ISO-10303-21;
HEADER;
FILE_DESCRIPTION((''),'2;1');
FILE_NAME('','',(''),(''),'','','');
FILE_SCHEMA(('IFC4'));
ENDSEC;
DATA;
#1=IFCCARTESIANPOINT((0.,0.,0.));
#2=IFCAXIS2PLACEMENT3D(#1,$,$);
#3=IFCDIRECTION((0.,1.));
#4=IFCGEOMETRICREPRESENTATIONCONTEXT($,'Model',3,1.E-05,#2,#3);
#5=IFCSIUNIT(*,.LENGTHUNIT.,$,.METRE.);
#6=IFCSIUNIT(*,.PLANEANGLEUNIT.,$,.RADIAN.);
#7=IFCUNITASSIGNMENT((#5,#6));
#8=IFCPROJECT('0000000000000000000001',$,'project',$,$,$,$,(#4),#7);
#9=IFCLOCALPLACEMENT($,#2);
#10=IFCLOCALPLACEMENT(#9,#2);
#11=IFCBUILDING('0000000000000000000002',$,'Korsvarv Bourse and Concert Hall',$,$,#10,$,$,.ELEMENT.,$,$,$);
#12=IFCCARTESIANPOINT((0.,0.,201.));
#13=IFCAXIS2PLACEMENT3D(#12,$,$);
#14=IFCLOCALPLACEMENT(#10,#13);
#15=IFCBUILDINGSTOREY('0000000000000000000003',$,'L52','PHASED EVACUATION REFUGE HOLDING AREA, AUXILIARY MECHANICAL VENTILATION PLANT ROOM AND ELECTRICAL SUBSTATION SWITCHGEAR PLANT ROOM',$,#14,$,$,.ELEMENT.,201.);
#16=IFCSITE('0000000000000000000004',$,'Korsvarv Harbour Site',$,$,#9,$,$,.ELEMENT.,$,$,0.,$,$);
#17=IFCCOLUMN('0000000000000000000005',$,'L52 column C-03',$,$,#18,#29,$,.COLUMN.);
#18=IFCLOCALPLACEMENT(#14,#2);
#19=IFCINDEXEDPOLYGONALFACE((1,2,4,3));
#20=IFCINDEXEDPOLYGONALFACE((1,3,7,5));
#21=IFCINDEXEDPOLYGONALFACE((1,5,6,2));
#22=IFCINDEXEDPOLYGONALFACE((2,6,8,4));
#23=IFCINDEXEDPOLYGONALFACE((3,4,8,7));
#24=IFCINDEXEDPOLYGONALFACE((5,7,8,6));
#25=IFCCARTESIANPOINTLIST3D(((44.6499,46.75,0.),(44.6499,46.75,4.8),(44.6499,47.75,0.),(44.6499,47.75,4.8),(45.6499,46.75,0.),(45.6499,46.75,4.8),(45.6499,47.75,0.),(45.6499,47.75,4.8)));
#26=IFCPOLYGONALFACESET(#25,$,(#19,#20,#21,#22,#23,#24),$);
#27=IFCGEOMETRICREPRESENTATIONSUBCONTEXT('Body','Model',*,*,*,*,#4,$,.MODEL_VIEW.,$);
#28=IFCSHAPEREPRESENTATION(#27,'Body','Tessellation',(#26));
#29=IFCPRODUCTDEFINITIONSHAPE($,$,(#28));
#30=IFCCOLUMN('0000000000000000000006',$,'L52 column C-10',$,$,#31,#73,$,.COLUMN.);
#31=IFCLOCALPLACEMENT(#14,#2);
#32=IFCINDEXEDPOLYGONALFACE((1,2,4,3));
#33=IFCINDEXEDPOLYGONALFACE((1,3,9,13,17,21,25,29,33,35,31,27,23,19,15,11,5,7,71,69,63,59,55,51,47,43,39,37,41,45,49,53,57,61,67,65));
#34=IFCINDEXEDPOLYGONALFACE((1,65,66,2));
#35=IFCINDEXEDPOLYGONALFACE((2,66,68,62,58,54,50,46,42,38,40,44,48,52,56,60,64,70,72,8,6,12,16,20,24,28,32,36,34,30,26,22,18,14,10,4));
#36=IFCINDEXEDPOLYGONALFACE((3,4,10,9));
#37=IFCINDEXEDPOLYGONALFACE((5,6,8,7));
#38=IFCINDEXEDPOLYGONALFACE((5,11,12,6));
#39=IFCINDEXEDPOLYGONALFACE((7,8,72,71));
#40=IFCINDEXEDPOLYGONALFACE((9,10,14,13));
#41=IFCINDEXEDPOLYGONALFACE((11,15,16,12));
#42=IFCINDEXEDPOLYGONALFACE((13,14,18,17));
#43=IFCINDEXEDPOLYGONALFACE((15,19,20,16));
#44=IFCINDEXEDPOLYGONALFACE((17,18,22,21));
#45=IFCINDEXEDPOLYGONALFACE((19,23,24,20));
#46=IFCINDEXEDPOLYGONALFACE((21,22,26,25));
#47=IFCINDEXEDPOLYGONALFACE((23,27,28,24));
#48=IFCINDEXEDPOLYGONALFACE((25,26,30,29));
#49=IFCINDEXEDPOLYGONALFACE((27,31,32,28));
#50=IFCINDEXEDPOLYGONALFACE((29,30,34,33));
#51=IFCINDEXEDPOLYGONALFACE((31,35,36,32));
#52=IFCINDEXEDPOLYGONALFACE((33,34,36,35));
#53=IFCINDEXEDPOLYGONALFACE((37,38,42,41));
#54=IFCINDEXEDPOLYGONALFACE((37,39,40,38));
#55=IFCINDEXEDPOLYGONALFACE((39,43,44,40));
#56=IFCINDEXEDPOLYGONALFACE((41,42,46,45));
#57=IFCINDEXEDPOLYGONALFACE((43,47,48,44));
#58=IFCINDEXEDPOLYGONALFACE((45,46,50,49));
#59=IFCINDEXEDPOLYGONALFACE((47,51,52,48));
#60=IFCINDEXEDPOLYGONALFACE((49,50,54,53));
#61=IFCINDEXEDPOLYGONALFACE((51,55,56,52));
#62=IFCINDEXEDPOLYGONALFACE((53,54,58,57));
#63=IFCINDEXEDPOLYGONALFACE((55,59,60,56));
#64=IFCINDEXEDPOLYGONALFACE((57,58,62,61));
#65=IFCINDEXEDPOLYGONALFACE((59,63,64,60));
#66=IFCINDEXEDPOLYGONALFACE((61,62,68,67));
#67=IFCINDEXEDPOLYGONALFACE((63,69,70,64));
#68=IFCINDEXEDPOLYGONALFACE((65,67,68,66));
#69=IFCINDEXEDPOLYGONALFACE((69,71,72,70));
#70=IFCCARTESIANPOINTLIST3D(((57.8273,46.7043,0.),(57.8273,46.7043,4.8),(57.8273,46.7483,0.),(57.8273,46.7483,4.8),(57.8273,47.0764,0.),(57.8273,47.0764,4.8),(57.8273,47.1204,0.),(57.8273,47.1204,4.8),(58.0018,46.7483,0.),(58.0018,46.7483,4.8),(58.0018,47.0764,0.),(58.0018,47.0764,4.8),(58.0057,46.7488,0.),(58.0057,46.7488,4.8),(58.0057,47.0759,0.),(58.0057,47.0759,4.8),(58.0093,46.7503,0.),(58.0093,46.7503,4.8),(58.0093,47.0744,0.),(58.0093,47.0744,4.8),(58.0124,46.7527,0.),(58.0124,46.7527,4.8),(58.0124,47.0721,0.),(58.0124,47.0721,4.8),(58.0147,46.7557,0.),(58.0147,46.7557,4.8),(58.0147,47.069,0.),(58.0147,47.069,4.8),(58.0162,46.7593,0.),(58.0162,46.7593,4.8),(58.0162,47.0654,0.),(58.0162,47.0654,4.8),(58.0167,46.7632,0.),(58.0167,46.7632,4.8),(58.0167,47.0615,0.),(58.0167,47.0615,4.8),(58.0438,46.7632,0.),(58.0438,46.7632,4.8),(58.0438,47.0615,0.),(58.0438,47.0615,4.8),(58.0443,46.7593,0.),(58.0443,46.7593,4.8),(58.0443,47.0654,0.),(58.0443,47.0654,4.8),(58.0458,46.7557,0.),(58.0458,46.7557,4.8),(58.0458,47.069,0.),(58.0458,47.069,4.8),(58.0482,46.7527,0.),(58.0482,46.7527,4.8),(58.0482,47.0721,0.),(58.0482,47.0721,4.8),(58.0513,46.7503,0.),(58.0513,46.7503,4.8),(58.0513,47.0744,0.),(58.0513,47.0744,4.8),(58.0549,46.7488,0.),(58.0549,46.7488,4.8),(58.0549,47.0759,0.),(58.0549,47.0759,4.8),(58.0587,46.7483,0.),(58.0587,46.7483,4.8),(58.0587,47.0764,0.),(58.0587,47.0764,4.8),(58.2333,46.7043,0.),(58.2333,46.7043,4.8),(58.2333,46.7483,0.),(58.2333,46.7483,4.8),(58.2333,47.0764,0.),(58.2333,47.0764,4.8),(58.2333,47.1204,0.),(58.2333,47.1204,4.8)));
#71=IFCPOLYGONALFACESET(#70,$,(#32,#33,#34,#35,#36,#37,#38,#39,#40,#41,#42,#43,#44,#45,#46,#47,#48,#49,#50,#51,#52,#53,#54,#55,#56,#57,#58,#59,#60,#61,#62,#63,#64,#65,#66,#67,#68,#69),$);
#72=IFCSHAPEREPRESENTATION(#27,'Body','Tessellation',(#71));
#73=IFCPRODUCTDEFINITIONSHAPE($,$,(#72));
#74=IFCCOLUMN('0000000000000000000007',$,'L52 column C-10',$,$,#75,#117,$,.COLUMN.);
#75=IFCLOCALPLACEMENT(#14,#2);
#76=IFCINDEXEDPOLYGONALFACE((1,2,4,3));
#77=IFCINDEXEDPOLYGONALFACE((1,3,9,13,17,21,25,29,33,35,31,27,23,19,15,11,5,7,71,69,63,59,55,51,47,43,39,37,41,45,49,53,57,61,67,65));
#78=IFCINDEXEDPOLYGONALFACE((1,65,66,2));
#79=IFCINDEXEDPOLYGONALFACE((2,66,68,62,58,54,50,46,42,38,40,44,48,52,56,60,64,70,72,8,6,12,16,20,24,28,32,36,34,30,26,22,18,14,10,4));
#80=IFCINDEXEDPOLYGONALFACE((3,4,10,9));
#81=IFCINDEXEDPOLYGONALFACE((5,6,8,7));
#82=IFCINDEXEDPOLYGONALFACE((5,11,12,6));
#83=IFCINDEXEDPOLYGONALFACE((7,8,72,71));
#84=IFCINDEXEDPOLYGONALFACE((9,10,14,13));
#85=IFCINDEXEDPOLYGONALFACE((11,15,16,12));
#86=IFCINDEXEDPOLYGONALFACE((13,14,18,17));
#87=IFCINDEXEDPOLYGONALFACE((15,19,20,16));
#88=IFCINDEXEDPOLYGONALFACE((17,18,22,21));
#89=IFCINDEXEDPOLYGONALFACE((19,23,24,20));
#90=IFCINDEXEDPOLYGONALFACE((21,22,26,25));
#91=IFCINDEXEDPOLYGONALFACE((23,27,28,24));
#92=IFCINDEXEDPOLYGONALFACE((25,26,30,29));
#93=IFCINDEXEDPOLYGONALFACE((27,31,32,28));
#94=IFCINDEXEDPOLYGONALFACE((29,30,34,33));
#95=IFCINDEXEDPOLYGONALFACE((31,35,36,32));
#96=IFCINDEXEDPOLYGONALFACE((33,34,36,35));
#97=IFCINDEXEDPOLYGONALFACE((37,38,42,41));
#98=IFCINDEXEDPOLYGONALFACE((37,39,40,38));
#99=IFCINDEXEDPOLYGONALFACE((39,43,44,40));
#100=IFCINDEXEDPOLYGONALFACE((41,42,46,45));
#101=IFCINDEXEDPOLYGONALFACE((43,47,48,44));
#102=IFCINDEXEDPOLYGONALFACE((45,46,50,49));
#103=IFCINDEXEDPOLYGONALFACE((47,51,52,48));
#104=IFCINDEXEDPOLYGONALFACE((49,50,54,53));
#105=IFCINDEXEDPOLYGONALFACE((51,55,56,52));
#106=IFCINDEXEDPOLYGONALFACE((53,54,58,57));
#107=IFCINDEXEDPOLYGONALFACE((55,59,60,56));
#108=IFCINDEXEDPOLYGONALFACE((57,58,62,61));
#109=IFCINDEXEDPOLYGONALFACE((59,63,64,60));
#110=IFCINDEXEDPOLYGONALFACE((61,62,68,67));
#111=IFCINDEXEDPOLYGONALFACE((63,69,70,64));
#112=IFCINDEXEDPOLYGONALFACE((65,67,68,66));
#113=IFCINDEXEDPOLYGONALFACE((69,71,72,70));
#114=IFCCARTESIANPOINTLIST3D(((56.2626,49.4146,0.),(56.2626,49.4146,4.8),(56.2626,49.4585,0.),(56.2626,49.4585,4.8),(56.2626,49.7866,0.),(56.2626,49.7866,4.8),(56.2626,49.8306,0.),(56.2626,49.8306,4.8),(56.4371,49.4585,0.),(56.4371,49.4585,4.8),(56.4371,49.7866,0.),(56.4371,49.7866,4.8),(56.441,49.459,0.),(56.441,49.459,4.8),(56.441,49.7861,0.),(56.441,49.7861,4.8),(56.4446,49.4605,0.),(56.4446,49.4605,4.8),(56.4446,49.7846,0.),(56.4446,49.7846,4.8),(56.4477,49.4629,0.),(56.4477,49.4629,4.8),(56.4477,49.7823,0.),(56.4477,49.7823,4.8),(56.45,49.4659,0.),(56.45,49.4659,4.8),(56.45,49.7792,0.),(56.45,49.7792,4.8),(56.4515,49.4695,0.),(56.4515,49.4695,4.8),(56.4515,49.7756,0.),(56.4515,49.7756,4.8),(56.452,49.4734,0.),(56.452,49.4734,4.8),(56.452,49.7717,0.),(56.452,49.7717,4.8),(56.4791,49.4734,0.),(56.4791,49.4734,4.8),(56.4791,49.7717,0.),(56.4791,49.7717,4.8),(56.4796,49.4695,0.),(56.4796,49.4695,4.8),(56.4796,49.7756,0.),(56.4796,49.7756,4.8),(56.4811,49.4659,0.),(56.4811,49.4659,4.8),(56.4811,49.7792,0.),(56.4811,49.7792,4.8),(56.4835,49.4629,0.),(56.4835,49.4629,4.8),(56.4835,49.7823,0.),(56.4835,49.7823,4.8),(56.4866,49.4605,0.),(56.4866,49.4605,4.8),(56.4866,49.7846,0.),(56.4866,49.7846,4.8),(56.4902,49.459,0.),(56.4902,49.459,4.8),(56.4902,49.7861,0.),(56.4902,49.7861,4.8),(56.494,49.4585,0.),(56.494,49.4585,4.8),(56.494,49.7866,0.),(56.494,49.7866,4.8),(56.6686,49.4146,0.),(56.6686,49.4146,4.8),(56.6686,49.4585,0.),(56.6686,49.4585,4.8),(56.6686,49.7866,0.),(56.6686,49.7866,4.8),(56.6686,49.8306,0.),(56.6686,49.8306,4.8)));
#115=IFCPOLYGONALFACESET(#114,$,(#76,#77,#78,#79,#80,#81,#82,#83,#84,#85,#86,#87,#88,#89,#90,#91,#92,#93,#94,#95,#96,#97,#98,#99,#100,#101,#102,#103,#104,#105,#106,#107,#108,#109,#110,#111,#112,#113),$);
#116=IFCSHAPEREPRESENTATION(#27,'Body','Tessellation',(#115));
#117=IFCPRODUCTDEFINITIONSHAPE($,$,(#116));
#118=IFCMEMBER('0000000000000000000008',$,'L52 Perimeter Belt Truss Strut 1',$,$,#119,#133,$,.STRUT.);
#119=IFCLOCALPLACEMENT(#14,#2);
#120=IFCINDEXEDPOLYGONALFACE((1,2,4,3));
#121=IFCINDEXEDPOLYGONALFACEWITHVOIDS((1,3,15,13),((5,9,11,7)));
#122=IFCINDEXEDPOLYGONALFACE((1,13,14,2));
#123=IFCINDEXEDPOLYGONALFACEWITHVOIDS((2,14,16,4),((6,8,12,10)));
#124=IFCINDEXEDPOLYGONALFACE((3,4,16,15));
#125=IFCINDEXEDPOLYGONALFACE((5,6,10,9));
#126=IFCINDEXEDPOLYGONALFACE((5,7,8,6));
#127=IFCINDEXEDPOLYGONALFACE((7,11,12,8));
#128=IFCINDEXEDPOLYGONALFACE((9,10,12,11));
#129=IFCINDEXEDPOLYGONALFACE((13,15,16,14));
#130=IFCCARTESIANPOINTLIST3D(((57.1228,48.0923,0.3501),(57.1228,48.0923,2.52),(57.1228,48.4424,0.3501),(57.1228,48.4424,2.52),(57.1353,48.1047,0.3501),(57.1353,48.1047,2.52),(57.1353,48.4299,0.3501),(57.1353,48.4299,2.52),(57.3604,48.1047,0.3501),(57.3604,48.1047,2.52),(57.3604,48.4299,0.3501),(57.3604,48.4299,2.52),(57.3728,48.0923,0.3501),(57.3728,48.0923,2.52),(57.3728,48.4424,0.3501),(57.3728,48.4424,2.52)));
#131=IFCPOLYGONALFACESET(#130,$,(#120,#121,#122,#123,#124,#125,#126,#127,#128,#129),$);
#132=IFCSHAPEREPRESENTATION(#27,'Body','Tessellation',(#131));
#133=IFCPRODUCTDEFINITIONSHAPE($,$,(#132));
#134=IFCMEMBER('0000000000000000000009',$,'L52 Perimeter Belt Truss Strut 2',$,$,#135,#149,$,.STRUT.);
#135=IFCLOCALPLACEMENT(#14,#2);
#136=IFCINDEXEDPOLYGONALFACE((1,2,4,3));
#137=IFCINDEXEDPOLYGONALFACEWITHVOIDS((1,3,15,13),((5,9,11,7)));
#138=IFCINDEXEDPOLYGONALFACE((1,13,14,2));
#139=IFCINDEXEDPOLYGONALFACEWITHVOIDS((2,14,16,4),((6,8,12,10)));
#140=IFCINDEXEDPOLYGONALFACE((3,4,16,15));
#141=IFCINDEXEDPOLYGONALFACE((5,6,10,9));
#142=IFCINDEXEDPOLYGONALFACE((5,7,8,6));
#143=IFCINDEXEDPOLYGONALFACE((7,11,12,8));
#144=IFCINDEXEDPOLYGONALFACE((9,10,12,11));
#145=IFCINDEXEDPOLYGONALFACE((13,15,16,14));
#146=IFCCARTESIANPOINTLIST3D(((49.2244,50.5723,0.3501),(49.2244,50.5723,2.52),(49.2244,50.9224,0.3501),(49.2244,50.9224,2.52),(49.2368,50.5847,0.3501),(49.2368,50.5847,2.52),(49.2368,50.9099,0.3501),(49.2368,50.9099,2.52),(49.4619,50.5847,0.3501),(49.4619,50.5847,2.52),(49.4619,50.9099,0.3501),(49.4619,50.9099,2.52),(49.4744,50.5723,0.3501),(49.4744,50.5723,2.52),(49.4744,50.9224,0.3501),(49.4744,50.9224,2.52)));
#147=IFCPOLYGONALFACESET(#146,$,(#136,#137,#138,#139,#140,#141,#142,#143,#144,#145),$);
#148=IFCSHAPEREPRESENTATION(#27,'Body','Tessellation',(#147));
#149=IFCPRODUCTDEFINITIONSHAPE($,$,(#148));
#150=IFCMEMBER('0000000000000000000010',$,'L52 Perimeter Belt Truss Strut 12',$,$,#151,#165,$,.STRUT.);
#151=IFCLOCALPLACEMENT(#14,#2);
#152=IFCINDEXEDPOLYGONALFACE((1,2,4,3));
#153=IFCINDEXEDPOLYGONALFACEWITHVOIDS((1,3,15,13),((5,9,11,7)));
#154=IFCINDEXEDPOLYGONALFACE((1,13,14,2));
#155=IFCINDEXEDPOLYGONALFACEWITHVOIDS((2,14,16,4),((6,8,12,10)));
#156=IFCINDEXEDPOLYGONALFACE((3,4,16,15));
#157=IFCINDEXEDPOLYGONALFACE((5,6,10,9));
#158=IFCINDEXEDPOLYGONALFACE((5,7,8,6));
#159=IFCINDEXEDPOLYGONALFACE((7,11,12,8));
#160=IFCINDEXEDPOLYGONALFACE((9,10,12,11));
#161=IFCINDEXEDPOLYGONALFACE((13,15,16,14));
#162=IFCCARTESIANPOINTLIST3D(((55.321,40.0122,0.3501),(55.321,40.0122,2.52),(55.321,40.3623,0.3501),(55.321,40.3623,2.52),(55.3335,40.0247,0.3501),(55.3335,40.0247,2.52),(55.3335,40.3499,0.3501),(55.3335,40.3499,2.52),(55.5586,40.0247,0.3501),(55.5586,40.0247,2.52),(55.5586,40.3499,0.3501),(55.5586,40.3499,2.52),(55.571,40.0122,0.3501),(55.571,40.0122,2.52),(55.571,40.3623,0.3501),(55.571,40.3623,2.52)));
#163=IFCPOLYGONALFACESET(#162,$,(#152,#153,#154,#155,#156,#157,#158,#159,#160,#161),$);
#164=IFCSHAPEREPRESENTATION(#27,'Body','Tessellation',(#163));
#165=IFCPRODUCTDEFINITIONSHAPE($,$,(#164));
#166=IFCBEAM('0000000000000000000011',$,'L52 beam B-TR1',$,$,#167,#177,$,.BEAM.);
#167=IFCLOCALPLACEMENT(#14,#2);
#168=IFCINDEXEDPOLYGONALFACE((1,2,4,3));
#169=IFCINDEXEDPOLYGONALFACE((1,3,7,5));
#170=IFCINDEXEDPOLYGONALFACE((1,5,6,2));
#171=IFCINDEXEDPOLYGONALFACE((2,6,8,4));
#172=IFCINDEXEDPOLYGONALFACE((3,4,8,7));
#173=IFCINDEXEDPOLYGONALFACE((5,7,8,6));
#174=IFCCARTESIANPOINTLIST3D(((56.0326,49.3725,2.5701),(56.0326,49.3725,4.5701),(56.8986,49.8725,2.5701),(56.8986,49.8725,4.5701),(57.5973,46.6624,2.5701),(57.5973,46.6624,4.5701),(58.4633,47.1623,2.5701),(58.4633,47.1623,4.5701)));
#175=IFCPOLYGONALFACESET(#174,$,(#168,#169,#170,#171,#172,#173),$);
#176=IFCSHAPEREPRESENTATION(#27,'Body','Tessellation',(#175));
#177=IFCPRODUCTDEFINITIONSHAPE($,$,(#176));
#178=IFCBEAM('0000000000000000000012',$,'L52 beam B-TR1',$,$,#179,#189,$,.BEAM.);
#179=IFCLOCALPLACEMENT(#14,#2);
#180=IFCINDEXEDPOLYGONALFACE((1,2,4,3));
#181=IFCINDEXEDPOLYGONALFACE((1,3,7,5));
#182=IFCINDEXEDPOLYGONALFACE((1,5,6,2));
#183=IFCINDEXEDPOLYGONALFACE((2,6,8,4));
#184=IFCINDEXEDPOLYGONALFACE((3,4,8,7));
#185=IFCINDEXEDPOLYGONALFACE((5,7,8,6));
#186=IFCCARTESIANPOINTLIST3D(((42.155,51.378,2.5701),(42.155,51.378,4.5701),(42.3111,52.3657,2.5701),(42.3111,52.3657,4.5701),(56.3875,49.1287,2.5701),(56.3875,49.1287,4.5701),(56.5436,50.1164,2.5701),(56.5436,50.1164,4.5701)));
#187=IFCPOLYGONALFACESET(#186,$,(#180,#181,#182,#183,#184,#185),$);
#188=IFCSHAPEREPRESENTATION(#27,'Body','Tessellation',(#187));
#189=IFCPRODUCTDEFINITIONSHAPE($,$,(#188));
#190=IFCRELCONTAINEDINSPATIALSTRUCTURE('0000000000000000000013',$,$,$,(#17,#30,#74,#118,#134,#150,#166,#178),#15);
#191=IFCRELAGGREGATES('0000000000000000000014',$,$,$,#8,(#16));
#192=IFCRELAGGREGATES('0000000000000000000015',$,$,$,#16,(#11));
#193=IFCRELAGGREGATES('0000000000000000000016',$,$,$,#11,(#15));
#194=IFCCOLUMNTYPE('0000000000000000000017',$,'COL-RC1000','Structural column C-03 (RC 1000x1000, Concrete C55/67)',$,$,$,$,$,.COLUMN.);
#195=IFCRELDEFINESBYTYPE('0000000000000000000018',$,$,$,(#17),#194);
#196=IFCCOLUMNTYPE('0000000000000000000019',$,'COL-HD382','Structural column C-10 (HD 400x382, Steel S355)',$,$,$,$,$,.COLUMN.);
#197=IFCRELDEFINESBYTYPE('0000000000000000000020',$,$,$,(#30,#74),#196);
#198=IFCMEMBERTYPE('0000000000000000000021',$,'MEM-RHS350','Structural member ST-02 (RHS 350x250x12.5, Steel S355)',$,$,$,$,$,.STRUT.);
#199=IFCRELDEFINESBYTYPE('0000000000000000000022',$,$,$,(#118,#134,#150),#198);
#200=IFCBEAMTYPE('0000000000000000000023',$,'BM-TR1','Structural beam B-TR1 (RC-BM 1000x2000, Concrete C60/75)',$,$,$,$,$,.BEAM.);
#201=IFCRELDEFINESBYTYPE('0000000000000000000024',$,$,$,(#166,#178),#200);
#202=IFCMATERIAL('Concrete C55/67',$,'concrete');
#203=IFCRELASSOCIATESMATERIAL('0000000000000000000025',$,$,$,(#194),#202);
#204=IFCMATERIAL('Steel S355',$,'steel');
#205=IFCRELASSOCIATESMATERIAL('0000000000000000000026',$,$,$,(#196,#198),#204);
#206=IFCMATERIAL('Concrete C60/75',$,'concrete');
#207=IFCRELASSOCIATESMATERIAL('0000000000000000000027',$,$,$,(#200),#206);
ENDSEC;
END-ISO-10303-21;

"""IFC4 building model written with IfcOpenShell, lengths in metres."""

from ifc_helpers import new_model, si_unit, direction, frame, origin, origin_2d, place, context, subcontext, project, spatial, rectangle, hollow_rectangle, i_section, extrude, source, transform, mapped, material, material_profile, profile_set, type_object, element, save


model = new_model("IFC4")

# Units and contexts
model_context = context("Model", 3, precision=1e-05, world=origin(), true_north=direction((0.0, 1.0)))
body_context = subcontext(model_context, "Body", "Model", "MODEL_VIEW")
ifc_project = project(units=[si_unit("LENGTHUNIT", "METRE"), si_unit("PLANEANGLEUNIT", "RADIAN")], contexts=[model_context])

# Site, building, storey
site_placement = place(None, origin())
site = spatial("IfcSite", under=ifc_project, at=site_placement, Name="Korsvarv Harbour Site", CompositionType="ELEMENT", RefElevation=0.0)
building_placement = place(site_placement, origin())
building = spatial("IfcBuilding", under=site, at=building_placement, Name="Korsvarv Bourse and Concert Hall", CompositionType="ELEMENT")
storey_placement = place(building_placement, frame((0.0, 0.0, 201.0)))
storey = spatial("IfcBuildingStorey", under=building, at=storey_placement, Name="L52", Description="PHASED EVACUATION REFUGE HOLDING AREA, AUXILIARY MECHANICAL VENTILATION PLANT ROOM AND ELECTRICAL SUBSTATION SWITCHGEAR PLANT ROOM", CompositionType="ELEMENT", Elevation=201.0)

# Columns
ifc_material_1 = material(Name="Concrete C55/67", Category="concrete")
ifc_material_profile_1 = material_profile(ifc_material_1, rectangle(XDim=1.0, YDim=1.0, at=origin_2d()), Name="RC 1000x1000")
ifc_profile_set_1 = profile_set([ifc_material_profile_1], Name="Concrete C55/67")
column_type_1 = type_object("IfcColumnType", Name="COL-RC1000", Description="Structural column C-03 (RC 1000x1000, Concrete C55/67)", PredefinedType="COLUMN", material=ifc_profile_set_1)
shared_shape_1 = source(origin(), body_context, "Body", "SweptSolid", [
    extrude(rectangle(XDim=1.0, YDim=1.0, at=origin_2d()), origin(), (0.0, 0.0, 1.0), 4.8),
])
column_placement = place(storey_placement, frame((45.1499, 47.25, 0.0), z_axis=(0.0, 0.0, 1.0), x_axis=(1.0, 0.0, 0.0)))
element("IfcColumn", 1, at=column_placement, inside=storey, type_object=column_type_1, Name="L52 column C-03", PredefinedType="COLUMN", context=body_context, shape_type="MappedRepresentation", body=[
    mapped(shared_shape_1, transform((0.0, 0.0, 0.0), scale=1.0)),
])
ifc_material_2 = material(Name="Steel S355", Category="steel")
ifc_material_profile_2 = material_profile(ifc_material_2, i_section(OverallWidth=0.406, OverallDepth=0.416, WebThickness=0.0271, FlangeThickness=0.0439, FilletRadius=0.0149, at=origin_2d()), Name="HD 400x382")
ifc_profile_set_2 = profile_set([ifc_material_profile_2], Name="Steel S355")
column_type_2 = type_object("IfcColumnType", Name="COL-HD382", Description="Structural column C-10 (HD 400x382, Steel S355)", PredefinedType="COLUMN", material=ifc_profile_set_2)
shared_shape_2 = source(origin(), body_context, "Body", "SweptSolid", [
    extrude(i_section(OverallWidth=0.406, OverallDepth=0.416, WebThickness=0.0271, FlangeThickness=0.0439, FilletRadius=0.0149, at=origin_2d()), origin(), (0.0, 0.0, 1.0), 4.8),
])
for number, where, z_axis, x_axis, name in (
    (2, (58.0303, 46.9124, 0.0), (0.0, 0.0, 1.0), (1.0, 0.0, 0.0), "L52 column C-10"),
    (3, (56.4656, 49.6226, 0.0), (0.0, 0.0, 1.0), (1.0, 0.0, 0.0), "L52 column C-10"),
):
    element("IfcColumn", number, at=place(storey_placement, frame(where, z_axis=z_axis, x_axis=x_axis)), inside=storey, type_object=column_type_2, Name=name, PredefinedType="COLUMN", context=body_context, shape_type="MappedRepresentation", body=[
        mapped(shared_shape_2, transform((0.0, 0.0, 0.0), scale=1.0)),
    ])

# Members
ifc_material_profile_3 = material_profile(ifc_material_2, hollow_rectangle(XDim=0.25, YDim=0.3501, WallThickness=0.0125, at=origin_2d()), Name="RHS 350x250x12.5")
ifc_profile_set_3 = profile_set([ifc_material_profile_3], Name="Steel S355")
member_type_1 = type_object("IfcMemberType", Name="MEM-RHS350", Description="Structural member ST-02 (RHS 350x250x12.5, Steel S355)", PredefinedType="STRUT", material=ifc_profile_set_3)
shared_shape_3 = source(origin(), body_context, "Body", "SweptSolid", [
    extrude(hollow_rectangle(XDim=0.25, YDim=0.3501, WallThickness=0.0125, at=origin_2d()), origin(), (0.0, 0.0, 1.0), 2.1699),
])
for number, where, z_axis, x_axis, name in (
    (4, (57.2478, 48.2673, 0.3501), (0.0, 0.0, 1.0), (1.0, 0.0, 0.0), "L52 Perimeter Belt Truss Strut 1"),
    (5, (49.3494, 50.7473, 0.3501), (0.0, 0.0, 1.0), (1.0, 0.0, 0.0), "L52 Perimeter Belt Truss Strut 2"),
    (6, (55.446, 40.1873, 0.3501), (0.0, 0.0, 1.0), (1.0, 0.0, 0.0), "L52 Perimeter Belt Truss Strut 12"),
):
    element("IfcMember", number, at=place(storey_placement, frame(where, z_axis=z_axis, x_axis=x_axis)), inside=storey, type_object=member_type_1, Name=name, PredefinedType="STRUT", context=body_context, shape_type="MappedRepresentation", body=[
        mapped(shared_shape_3, transform((0.0, 0.0, 0.0), scale=1.0)),
    ])

# Beams
ifc_material_3 = material(Name="Concrete C60/75", Category="concrete")
ifc_material_profile_4 = material_profile(ifc_material_3, rectangle(XDim=1.0, YDim=2.0, at=origin_2d()), Name="RC-BM 1000x2000")
ifc_profile_set_4 = profile_set([ifc_material_profile_4], Name="Concrete C60/75")
beam_type = type_object("IfcBeamType", Name="BM-TR1", Description="Structural beam B-TR1 (RC-BM 1000x2000, Concrete C60/75)", PredefinedType="BEAM", material=ifc_profile_set_4)
shared_shape_4 = source(origin(), body_context, "Body", "SweptSolid", [
    extrude(rectangle(XDim=1.0, YDim=2.0, at=origin_2d()), origin(), (0.0, 0.0, 1.0), 3.1294),
])
beam_1_placement = place(storey_placement, frame((58.0303, 46.9124, 3.5701), z_axis=(-0.49999, 0.866031, 0.0), x_axis=(-0.866031, -0.49999, 0.0)))
element("IfcBeam", 7, at=beam_1_placement, inside=storey, type_object=beam_type, Name="L52 beam B-TR1", PredefinedType="BEAM", context=body_context, shape_type="MappedRepresentation", body=[
    mapped(shared_shape_4, transform((0.0, 0.0, 0.0), scale=1.0)),
])
shared_shape_5 = source(origin(), body_context, "Body", "SweptSolid", [
    extrude(rectangle(XDim=1.0, YDim=2.0, at=origin_2d()), origin(), (0.0, 0.0, 1.0), 14.4092),
])
beam_2_placement = place(storey_placement, frame((56.4656, 49.6226, 3.5701), z_axis=(-0.987741, 0.156101, 0.0), x_axis=(-0.156101, -0.987741, 0.0)))
element("IfcBeam", 8, at=beam_2_placement, inside=storey, type_object=beam_type, Name="L52 beam B-TR1", PredefinedType="BEAM", context=body_context, shape_type="MappedRepresentation", body=[
    mapped(shared_shape_5, transform((0.0, 0.0, 0.0), scale=1.0)),
])

save(model, "model.ifc")
